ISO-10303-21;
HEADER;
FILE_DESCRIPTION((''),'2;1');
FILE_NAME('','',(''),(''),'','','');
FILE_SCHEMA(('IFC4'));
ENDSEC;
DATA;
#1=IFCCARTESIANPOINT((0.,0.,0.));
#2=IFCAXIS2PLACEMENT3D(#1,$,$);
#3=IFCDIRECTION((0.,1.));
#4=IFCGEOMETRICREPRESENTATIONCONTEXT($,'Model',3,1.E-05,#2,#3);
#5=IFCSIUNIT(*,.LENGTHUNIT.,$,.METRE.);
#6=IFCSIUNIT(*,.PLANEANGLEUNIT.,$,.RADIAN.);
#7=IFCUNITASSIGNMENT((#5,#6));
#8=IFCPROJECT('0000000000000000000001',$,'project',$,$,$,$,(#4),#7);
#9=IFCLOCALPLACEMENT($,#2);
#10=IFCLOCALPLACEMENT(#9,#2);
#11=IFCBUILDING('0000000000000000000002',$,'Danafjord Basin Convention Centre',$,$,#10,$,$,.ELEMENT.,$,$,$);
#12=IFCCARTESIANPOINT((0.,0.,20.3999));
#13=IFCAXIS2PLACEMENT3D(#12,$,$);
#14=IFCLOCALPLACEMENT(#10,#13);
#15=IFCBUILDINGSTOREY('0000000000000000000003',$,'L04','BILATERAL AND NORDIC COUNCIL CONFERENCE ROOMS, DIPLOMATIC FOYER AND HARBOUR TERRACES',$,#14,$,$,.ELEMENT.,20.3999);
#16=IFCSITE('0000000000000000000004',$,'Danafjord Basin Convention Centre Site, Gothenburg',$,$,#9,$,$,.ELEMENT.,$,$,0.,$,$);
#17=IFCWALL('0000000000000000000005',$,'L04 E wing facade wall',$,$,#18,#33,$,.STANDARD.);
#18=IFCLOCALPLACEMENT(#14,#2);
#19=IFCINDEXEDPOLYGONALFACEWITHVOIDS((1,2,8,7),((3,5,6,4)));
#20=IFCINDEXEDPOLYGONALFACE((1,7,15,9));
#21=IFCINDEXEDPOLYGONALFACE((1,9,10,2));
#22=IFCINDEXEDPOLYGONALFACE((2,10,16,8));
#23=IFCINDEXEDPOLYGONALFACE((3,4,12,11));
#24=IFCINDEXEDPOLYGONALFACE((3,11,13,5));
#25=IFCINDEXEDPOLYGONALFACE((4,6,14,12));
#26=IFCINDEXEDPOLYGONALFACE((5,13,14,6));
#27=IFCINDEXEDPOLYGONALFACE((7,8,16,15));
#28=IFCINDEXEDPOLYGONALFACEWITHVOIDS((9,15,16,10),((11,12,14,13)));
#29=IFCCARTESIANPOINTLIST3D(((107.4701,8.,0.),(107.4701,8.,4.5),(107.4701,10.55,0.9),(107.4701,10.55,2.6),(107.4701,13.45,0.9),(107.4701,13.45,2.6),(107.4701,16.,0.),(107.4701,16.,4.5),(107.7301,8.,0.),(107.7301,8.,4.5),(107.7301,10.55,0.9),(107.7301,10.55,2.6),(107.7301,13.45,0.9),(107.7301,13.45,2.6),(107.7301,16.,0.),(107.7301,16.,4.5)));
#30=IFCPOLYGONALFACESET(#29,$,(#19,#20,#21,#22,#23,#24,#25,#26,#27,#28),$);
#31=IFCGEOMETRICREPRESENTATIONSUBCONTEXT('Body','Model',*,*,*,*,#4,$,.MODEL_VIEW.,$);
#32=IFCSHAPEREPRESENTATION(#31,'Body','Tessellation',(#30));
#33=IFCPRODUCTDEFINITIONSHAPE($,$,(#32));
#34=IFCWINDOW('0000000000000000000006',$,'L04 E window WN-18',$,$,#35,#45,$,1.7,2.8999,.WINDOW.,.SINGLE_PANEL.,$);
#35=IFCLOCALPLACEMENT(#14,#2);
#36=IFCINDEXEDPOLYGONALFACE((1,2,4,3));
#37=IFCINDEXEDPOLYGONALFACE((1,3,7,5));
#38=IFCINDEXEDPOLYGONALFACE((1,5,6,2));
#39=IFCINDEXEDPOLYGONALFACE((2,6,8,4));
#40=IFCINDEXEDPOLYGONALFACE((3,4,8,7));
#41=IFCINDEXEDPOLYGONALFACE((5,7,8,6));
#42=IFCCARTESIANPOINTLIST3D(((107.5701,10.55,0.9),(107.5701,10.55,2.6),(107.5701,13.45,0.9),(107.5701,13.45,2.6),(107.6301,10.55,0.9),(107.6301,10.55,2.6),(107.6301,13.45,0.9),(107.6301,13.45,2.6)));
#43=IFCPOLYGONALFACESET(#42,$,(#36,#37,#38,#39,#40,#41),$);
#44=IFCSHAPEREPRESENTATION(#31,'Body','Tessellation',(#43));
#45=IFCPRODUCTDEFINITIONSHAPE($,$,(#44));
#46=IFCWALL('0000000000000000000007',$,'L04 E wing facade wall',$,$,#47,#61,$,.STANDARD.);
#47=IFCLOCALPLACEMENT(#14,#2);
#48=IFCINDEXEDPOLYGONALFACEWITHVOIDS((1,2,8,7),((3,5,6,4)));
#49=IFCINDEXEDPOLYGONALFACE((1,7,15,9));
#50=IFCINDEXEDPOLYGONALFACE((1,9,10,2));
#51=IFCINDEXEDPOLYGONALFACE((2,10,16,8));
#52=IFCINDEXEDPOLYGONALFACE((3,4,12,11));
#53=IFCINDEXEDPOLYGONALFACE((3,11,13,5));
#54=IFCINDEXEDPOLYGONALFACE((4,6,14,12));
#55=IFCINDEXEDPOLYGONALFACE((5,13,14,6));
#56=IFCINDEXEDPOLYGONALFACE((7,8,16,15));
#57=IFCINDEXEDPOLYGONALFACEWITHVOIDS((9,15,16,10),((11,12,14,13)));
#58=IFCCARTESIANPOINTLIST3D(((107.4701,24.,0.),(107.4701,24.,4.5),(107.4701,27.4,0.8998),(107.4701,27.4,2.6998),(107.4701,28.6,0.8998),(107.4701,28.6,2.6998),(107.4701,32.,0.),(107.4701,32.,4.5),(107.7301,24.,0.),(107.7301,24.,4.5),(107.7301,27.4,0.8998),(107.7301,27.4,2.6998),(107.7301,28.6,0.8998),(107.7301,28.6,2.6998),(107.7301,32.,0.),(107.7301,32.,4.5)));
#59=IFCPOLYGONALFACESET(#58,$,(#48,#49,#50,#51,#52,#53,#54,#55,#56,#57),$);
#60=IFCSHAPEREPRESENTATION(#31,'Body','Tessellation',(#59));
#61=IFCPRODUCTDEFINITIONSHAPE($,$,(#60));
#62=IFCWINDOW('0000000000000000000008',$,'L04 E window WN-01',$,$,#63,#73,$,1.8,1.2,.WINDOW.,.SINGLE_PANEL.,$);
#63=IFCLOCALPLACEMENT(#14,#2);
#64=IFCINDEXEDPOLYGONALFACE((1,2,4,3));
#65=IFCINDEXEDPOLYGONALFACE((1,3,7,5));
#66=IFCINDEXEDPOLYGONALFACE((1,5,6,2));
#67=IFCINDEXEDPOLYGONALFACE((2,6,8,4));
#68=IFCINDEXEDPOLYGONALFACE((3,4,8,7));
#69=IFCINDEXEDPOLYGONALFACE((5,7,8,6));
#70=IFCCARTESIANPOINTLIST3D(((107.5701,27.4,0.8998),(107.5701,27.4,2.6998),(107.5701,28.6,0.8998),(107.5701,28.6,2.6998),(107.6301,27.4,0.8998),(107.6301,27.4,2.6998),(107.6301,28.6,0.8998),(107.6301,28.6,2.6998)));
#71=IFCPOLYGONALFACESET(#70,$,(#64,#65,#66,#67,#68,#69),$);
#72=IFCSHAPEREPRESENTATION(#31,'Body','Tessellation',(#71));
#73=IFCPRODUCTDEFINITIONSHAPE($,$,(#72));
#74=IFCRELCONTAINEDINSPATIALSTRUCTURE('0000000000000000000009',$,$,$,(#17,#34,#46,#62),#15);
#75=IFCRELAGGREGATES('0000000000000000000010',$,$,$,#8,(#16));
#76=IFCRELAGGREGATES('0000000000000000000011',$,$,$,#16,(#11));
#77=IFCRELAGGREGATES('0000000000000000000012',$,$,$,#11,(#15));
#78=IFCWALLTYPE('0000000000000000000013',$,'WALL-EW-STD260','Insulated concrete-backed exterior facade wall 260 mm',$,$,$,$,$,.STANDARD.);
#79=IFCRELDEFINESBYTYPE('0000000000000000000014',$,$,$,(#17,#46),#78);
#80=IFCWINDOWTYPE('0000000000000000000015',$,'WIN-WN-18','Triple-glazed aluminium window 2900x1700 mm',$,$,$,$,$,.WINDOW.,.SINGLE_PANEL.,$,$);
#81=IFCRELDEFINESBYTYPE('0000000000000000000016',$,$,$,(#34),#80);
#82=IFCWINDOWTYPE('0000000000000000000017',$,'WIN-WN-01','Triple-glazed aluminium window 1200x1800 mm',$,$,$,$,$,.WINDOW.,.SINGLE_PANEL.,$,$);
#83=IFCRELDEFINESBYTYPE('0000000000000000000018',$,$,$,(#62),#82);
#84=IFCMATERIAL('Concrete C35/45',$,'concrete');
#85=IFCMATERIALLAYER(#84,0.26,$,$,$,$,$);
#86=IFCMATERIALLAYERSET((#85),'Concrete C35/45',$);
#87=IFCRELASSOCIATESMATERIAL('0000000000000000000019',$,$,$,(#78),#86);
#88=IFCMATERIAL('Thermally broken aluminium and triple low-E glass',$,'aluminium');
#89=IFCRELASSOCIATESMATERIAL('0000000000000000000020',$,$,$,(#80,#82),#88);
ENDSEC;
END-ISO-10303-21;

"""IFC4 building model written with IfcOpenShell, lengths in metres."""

from ifc_helpers import new_model, si_unit, direction, frame, frame_2d, origin, place, context, subcontext, project, spatial, rectangle, extrude, material, layer, layer_set, type_object, element, fill, save


model = new_model("IFC4")

# Units and contexts
model_context = context("Model", 3, precision=1e-05, world=origin(), true_north=direction((0.0, 1.0)))
body_context = subcontext(model_context, "Body", "Model", "MODEL_VIEW")
ifc_project = project(units=[si_unit("LENGTHUNIT", "METRE"), si_unit("PLANEANGLEUNIT", "RADIAN")], contexts=[model_context])

# Site, building, storey
site_placement = place(None, origin())
site = spatial("IfcSite", under=ifc_project, at=site_placement, Name="Danafjord Basin Convention Centre Site, Gothenburg", CompositionType="ELEMENT", RefElevation=0.0)
building_placement = place(site_placement, origin())
building = spatial("IfcBuilding", under=site, at=building_placement, Name="Danafjord Basin Convention Centre", CompositionType="ELEMENT")
storey_placement = place(building_placement, frame((0.0, 0.0, 20.3999)))
storey = spatial("IfcBuildingStorey", under=building, at=storey_placement, Name="L04", Description="BILATERAL AND NORDIC COUNCIL CONFERENCE ROOMS, DIPLOMATIC FOYER AND HARBOUR TERRACES", CompositionType="ELEMENT", Elevation=20.3999)

# Walls, openings, windows
ifc_material_1 = material(Name="Concrete C35/45", Category="concrete")
ifc_layer_1 = layer(ifc_material_1, 0.26)
ifc_layer_set_1 = layer_set([ifc_layer_1], Name="Concrete C35/45")
wall_type = type_object("IfcWallType", Name="WALL-EW-STD260", Description="Insulated concrete-backed exterior facade wall 260 mm", PredefinedType="STANDARD", material=ifc_layer_set_1)
wall_1_placement = place(storey_placement, frame((107.6001, 8.0, 0.0), z_axis=(0.0, 0.0, 1.0), x_axis=(0.0, 1.0, 0.0)))
wall_1 = element("IfcWall", 1, at=wall_1_placement, inside=storey, type_object=wall_type, Name="L04 E wing facade wall", PredefinedType="STANDARD", context=body_context, shape_type="SweptSolid", body=[
    extrude(rectangle(XDim=8.0, YDim=0.26, at=frame_2d((4.0, 0.0))), origin(), (0.0, 0.0, 1.0), 4.5),
])
opening_1_placement = place(wall_1_placement, frame((2.55, 0.0, 0.8999)))
opening_1 = element("IfcOpeningElement", 2, at=opening_1_placement, cuts=wall_1, PredefinedType="OPENING", context=body_context, shape_type="SweptSolid", body=[
    extrude(rectangle(XDim=2.8999, YDim=1.7, at=frame_2d((1.45, 0.8501))), frame((0.0, 0.1399, 0.0), z_axis=(0.0, -1.0, 0.0), x_axis=(1.0, 0.0, 0.0)), (0.0, 0.0, 1.0), 0.28),
])
ifc_material_2 = material(Name="Thermally broken aluminium and triple low-E glass", Category="aluminium")
window_type_1 = type_object("IfcWindowType", Name="WIN-WN-18", Description="Triple-glazed aluminium window 2900x1700 mm", PartitioningType="SINGLE_PANEL", PredefinedType="WINDOW", material=ifc_material_2)
window_1_placement = place(opening_1_placement, origin())
window_1 = element("IfcWindow", 3, at=window_1_placement, inside=storey, type_object=window_type_1, Name="L04 E window WN-18", OverallHeight=1.7, OverallWidth=2.8999, PartitioningType="SINGLE_PANEL", PredefinedType="WINDOW", context=body_context, shape_type="SweptSolid", body=[
    extrude(rectangle(XDim=2.8999, YDim=1.7, at=frame_2d((1.45, 0.8501))), frame((0.0, 0.03, 0.0), z_axis=(0.0, -1.0, 0.0), x_axis=(1.0, 0.0, 0.0)), (0.0, 0.0, 1.0), 0.0601),
])
fill(opening_1, window_1)
wall_2_placement = place(storey_placement, frame((107.6001, 24.0, 0.0), z_axis=(0.0, 0.0, 1.0), x_axis=(0.0, 1.0, 0.0)))
wall_2 = element("IfcWall", 4, at=wall_2_placement, inside=storey, type_object=wall_type, Name="L04 E wing facade wall", PredefinedType="STANDARD", context=body_context, shape_type="SweptSolid", body=[
    extrude(rectangle(XDim=8.0, YDim=0.26, at=frame_2d((4.0, 0.0))), origin(), (0.0, 0.0, 1.0), 4.5),
])
opening_2_placement = place(wall_2_placement, frame((3.3999, 0.0, 0.8999)))
opening_2 = element("IfcOpeningElement", 5, at=opening_2_placement, cuts=wall_2, PredefinedType="OPENING", context=body_context, shape_type="SweptSolid", body=[
    extrude(rectangle(XDim=1.2, YDim=1.8, at=frame_2d((0.6001, 0.8999))), frame((0.0, 0.1399, 0.0), z_axis=(0.0, -1.0, 0.0), x_axis=(1.0, 0.0, 0.0)), (0.0, 0.0, 1.0), 0.28),
])
window_type_2 = type_object("IfcWindowType", Name="WIN-WN-01", Description="Triple-glazed aluminium window 1200x1800 mm", PartitioningType="SINGLE_PANEL", PredefinedType="WINDOW", material=ifc_material_2)
window_2_placement = place(opening_2_placement, origin())
window_2 = element("IfcWindow", 6, at=window_2_placement, inside=storey, type_object=window_type_2, Name="L04 E window WN-01", OverallHeight=1.8, OverallWidth=1.2, PartitioningType="SINGLE_PANEL", PredefinedType="WINDOW", context=body_context, shape_type="SweptSolid", body=[
    extrude(rectangle(XDim=1.2, YDim=1.8, at=frame_2d((0.6001, 0.8999))), frame((0.0, 0.03, 0.0), z_axis=(0.0, -1.0, 0.0), x_axis=(1.0, 0.0, 0.0)), (0.0, 0.0, 1.0), 0.0601),
])
fill(opening_2, window_2)

save(model, "model.ifc")
